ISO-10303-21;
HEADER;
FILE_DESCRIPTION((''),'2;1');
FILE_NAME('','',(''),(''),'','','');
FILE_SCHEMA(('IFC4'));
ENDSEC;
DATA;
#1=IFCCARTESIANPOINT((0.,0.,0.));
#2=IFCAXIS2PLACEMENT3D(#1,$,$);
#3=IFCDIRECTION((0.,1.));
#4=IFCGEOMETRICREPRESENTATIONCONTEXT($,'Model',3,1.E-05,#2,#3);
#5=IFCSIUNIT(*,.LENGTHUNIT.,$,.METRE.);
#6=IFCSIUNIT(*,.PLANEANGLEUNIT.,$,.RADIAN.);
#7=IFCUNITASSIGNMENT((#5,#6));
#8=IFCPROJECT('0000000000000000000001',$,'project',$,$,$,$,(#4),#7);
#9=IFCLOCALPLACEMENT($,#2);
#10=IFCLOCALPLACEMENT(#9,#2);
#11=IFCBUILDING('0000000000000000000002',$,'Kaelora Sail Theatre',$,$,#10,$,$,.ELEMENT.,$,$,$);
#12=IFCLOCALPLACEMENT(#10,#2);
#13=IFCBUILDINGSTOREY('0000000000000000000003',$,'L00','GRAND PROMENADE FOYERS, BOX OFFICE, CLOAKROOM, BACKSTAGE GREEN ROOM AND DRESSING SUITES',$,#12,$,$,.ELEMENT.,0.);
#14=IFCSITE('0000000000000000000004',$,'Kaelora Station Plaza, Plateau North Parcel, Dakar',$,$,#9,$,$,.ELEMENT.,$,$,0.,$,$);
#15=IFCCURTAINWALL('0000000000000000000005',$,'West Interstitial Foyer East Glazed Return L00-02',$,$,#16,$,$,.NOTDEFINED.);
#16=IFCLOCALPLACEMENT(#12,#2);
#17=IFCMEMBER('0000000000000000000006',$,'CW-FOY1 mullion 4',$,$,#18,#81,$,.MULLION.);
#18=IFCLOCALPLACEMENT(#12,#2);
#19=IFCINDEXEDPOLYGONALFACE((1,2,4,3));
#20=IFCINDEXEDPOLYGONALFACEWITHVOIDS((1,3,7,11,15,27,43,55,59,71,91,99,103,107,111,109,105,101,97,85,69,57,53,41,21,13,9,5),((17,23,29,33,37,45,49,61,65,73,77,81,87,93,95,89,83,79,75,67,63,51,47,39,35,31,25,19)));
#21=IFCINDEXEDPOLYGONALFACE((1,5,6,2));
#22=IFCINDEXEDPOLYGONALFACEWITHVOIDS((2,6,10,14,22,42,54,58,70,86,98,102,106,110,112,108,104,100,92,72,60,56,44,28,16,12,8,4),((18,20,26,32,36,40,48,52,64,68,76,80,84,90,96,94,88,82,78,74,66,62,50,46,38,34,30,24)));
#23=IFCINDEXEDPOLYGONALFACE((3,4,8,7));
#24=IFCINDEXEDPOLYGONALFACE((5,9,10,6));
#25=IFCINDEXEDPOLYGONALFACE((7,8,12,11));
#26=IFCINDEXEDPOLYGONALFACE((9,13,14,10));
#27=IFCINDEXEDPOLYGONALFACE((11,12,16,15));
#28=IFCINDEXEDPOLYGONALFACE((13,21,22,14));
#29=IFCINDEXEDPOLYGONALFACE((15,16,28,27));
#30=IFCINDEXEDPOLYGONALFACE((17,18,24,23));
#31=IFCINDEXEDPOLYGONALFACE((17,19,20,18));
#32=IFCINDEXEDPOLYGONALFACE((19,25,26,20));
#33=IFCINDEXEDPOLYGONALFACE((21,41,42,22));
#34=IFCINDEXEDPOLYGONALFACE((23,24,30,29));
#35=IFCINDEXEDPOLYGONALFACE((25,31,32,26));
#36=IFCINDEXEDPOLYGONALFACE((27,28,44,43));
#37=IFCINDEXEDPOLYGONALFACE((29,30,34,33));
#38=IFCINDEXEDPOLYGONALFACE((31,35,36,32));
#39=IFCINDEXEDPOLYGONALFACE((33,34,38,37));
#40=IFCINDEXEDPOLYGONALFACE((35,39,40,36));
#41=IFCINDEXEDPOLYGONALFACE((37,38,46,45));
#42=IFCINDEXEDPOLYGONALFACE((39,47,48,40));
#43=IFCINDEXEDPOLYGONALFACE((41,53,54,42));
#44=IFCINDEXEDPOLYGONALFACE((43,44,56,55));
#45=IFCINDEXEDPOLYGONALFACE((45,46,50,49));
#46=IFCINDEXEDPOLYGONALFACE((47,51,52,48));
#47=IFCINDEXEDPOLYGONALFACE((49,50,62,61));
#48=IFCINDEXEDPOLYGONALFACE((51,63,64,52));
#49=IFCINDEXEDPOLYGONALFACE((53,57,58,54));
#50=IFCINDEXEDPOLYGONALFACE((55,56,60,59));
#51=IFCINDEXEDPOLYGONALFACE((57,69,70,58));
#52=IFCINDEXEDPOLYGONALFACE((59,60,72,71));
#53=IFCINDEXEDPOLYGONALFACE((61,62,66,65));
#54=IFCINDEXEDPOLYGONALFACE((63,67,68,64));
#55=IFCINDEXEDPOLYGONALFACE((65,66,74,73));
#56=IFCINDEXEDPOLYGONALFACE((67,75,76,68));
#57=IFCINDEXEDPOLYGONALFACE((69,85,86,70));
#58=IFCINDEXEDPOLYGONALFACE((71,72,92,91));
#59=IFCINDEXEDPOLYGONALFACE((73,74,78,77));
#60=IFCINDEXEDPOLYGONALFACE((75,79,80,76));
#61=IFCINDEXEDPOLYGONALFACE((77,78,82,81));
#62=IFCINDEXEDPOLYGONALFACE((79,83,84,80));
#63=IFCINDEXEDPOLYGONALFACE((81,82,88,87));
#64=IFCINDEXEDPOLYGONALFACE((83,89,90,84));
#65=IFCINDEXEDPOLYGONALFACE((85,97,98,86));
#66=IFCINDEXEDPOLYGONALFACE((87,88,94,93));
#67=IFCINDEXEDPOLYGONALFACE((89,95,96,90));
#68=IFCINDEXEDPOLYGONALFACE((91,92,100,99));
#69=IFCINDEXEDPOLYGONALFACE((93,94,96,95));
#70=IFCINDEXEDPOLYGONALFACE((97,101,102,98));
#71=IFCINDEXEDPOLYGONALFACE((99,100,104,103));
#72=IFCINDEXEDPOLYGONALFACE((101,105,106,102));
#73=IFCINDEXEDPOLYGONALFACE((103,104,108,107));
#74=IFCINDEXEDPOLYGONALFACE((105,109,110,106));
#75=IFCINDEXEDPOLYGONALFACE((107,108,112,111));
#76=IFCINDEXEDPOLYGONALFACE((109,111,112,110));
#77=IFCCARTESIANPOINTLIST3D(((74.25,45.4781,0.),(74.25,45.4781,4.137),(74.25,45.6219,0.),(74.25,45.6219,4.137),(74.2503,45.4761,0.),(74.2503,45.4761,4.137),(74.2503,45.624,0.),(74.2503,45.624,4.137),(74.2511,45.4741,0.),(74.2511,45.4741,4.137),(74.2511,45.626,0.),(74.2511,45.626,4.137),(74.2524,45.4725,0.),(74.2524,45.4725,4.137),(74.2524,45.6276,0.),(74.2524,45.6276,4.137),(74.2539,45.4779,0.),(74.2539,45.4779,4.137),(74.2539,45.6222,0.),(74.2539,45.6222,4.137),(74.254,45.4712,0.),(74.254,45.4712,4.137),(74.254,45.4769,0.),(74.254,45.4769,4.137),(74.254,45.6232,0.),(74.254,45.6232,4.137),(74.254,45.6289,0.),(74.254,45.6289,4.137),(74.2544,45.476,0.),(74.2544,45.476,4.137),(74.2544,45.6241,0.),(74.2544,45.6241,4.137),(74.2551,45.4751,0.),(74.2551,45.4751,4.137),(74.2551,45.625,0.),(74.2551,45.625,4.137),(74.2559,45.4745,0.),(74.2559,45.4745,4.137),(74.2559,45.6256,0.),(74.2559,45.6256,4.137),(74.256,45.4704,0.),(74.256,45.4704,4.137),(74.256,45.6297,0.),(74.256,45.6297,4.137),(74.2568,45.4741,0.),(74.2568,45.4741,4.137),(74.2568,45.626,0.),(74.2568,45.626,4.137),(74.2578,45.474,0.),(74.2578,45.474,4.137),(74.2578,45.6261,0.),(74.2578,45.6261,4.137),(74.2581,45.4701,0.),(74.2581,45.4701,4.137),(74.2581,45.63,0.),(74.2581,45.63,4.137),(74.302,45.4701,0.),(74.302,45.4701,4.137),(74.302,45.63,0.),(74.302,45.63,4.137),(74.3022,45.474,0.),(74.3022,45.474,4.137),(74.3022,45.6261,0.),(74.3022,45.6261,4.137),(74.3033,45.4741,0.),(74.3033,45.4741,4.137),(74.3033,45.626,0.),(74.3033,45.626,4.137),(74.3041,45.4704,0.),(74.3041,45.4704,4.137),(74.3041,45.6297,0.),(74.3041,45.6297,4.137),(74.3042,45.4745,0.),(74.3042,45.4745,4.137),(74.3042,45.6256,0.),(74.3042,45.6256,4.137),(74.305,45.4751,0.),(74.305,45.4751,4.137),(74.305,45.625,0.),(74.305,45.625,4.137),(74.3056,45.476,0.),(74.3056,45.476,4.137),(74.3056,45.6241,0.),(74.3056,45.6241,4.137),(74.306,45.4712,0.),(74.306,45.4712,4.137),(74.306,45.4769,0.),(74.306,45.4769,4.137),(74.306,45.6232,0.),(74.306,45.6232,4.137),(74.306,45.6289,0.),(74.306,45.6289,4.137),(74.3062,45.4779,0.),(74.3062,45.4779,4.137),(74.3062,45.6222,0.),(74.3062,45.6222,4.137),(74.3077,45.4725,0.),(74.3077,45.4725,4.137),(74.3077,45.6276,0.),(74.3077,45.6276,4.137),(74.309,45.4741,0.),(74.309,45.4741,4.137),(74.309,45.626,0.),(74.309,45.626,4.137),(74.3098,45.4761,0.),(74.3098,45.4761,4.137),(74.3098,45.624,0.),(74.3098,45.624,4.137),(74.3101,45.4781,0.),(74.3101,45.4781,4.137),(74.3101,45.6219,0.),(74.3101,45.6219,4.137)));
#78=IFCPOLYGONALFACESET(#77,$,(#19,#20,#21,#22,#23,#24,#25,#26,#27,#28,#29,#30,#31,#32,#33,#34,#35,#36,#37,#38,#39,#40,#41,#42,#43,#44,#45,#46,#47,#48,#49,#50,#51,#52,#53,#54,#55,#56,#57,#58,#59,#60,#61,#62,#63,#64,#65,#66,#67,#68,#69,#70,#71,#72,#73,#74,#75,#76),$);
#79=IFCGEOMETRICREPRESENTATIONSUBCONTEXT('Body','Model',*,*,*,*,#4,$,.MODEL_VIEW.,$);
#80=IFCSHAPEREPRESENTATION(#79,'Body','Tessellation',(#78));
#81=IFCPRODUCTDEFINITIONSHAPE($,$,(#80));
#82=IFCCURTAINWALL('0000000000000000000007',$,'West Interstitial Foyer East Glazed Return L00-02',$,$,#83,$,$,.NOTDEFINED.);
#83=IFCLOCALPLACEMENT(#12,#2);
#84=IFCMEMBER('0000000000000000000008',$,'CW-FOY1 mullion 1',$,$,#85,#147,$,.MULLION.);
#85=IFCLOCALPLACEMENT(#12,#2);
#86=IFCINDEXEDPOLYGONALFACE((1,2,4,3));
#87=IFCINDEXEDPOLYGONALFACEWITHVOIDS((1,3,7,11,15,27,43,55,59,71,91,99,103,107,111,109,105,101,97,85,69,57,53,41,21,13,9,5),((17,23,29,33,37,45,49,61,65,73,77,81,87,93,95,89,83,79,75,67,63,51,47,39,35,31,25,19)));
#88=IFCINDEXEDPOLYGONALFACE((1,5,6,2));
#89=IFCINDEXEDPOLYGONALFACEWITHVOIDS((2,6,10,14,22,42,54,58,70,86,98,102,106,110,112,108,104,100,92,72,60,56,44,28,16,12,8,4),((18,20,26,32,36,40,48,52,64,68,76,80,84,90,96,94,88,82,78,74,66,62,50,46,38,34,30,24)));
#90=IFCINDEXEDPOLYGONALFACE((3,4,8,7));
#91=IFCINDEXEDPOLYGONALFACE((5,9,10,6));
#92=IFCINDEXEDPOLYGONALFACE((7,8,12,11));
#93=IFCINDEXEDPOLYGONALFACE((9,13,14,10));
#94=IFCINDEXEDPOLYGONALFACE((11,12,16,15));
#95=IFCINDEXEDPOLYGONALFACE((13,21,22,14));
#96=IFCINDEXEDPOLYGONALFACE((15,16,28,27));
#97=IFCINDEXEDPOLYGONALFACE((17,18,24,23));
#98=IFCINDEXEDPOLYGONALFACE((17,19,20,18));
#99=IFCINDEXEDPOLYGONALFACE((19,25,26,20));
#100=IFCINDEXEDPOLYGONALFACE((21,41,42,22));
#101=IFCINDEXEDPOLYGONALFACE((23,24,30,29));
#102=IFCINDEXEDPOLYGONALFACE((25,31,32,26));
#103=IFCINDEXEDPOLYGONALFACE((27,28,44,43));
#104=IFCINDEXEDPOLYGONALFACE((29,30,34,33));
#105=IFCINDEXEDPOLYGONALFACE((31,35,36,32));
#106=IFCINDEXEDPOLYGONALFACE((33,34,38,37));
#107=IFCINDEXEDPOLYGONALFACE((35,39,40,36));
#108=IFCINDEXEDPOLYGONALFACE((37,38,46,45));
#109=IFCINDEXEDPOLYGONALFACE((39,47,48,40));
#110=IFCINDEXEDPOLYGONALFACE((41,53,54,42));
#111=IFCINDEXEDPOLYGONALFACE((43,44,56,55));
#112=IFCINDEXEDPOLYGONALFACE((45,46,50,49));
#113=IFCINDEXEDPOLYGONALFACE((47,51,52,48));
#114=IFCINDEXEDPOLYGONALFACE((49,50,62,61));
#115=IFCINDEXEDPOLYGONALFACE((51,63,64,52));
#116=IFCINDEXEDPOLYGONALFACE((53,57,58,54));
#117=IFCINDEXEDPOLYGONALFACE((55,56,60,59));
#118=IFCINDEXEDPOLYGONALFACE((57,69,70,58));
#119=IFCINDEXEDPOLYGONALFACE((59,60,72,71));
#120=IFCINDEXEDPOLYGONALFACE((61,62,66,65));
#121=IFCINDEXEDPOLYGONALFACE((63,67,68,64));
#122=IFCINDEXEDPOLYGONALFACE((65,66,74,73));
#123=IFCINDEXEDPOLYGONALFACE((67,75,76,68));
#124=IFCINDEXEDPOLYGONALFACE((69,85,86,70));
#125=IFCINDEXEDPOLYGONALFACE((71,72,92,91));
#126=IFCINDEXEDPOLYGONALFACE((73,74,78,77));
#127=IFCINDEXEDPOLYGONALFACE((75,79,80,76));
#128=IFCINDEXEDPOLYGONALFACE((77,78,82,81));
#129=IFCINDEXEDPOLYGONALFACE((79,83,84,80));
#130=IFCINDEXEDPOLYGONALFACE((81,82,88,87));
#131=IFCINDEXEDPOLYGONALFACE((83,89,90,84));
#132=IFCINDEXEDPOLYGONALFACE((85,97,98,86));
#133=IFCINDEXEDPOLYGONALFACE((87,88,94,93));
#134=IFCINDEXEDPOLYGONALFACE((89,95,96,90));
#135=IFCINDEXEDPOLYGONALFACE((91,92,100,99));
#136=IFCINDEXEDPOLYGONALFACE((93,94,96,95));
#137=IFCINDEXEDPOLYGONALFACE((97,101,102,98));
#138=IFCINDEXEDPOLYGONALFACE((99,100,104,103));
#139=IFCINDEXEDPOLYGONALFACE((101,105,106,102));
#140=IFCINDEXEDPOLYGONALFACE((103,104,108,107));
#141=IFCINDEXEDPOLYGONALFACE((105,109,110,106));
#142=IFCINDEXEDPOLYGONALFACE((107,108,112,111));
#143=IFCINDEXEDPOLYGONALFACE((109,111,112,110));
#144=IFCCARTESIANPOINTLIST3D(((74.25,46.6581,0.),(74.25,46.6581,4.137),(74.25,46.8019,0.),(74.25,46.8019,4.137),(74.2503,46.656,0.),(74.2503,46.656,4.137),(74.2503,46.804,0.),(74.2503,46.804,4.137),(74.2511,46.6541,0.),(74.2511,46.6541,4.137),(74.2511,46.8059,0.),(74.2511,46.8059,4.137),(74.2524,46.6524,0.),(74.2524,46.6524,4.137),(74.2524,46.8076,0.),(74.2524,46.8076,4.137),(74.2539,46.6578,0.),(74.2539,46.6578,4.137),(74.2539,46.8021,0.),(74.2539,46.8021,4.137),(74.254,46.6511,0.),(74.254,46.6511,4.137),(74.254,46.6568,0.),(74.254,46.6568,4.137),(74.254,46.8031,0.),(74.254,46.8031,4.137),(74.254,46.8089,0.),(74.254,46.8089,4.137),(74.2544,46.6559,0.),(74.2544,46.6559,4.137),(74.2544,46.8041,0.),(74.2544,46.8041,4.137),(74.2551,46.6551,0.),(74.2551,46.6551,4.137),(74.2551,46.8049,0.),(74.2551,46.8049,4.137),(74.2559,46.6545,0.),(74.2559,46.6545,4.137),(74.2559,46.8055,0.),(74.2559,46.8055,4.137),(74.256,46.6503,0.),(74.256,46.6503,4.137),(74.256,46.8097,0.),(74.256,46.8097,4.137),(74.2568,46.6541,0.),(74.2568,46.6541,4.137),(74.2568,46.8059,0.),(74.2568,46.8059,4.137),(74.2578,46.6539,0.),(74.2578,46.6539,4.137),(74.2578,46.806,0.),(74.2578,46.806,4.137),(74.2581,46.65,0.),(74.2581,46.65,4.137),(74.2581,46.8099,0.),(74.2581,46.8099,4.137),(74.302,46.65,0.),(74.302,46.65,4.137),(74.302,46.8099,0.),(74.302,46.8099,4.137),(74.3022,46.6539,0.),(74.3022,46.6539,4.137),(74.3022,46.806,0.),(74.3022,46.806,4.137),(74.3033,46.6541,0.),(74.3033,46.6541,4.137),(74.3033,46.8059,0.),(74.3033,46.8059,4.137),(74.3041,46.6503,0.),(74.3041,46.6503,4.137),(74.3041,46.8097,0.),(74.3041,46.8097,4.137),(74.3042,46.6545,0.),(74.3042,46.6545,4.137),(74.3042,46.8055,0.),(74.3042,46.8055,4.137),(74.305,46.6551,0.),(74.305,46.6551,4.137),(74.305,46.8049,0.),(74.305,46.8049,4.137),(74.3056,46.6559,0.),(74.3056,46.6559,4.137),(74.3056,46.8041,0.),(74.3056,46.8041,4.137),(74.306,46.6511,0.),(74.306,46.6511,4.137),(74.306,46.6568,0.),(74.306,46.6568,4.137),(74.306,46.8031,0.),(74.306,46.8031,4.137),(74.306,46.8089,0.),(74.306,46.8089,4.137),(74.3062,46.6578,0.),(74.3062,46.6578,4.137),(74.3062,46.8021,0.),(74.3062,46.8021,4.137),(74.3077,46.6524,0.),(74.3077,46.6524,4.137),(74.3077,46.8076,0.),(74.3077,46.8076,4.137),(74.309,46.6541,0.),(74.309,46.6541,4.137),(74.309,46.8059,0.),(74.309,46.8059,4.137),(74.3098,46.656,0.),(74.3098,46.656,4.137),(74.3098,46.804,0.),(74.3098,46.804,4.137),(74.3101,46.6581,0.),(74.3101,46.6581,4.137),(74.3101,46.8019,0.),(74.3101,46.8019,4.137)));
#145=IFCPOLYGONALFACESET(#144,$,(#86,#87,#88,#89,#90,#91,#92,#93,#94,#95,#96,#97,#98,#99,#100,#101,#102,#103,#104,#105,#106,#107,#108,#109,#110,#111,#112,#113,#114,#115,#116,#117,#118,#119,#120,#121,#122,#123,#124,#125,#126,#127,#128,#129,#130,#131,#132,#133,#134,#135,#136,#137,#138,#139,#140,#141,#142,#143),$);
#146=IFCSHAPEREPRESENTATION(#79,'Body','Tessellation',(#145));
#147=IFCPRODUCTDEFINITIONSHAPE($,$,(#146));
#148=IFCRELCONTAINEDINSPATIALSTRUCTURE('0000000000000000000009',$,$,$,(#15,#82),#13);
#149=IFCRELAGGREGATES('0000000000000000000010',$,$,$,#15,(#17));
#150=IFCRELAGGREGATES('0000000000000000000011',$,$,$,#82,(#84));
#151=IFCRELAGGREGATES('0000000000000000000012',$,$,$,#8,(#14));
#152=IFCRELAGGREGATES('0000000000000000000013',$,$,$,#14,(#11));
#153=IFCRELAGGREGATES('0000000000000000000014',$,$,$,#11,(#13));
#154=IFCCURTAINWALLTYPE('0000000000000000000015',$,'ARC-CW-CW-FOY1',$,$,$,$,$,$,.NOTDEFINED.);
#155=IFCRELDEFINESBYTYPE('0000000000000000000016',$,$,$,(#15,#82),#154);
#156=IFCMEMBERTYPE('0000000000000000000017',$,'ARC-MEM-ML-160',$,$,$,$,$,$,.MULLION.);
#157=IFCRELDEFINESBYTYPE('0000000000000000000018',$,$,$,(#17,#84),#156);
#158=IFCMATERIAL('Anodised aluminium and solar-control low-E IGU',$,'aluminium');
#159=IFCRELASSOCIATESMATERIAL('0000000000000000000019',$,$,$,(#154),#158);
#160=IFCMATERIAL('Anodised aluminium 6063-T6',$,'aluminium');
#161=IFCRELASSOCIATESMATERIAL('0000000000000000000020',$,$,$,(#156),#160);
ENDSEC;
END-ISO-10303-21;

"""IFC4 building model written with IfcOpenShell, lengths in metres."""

from ifc_helpers import new_model, si_unit, direction, frame, origin, origin_2d, place, context, subcontext, project, spatial, hollow_rectangle, extrude, material, material_profile, profile_set, type_object, element, aggregate, save


model = new_model("IFC4")

# Units and contexts
model_context = context("Model", 3, precision=1e-05, world=origin(), true_north=direction((0.0, 1.0)))
body_context = subcontext(model_context, "Body", "Model", "MODEL_VIEW")
ifc_project = project(units=[si_unit("LENGTHUNIT", "METRE"), si_unit("PLANEANGLEUNIT", "RADIAN")], contexts=[model_context])

# Site, building, storey
site_placement = place(None, origin())
site = spatial("IfcSite", under=ifc_project, at=site_placement, Name="Kaelora Station Plaza, Plateau North Parcel, Dakar", CompositionType="ELEMENT", RefElevation=0.0)
building_placement = place(site_placement, origin())
building = spatial("IfcBuilding", under=site, at=building_placement, Name="Kaelora Sail Theatre", CompositionType="ELEMENT")
storey_placement = place(building_placement, origin())
storey = spatial("IfcBuildingStorey", under=building, at=storey_placement, Name="L00", Description="GRAND PROMENADE FOYERS, BOX OFFICE, CLOAKROOM, BACKSTAGE GREEN ROOM AND DRESSING SUITES", CompositionType="ELEMENT", Elevation=0.0)

# Curtain wall, member
ifc_material_1 = material(Name="Anodised aluminium and solar-control low-E IGU", Category="aluminium")
curtain_wall_type = type_object("IfcCurtainWallType", Name="ARC-CW-CW-FOY1", PredefinedType="NOTDEFINED", material=ifc_material_1)
curtain_wall_1_placement = place(storey_placement, origin())
curtain_wall_1 = element("IfcCurtainWall", 1, at=curtain_wall_1_placement, inside=storey, type_object=curtain_wall_type, Name="West Interstitial Foyer East Glazed Return L00-02", PredefinedType="NOTDEFINED")
ifc_material_2 = material(Name="Anodised aluminium 6063-T6", Category="aluminium")
ifc_material_profile_1 = material_profile(ifc_material_2, hollow_rectangle(XDim=0.0601, YDim=0.1599, WallThickness=0.0039, InnerFilletRadius=0.0039, OuterFilletRadius=0.0081, at=origin_2d()), Name="ALU-MULL 60x160x4")
ifc_profile_set_1 = profile_set([ifc_material_profile_1], Name="Anodised aluminium 6063-T6")
member_type_1 = type_object("IfcMemberType", Name="ARC-MEM-ML-160", PredefinedType="MULLION", material=ifc_profile_set_1)
member_1_placement = place(storey_placement, frame((74.28, 45.55, 0.0), z_axis=(0.0, 0.0, 1.0), x_axis=(-1.0, 0.0, 0.0)))
member_1 = element("IfcMember", 2, at=member_1_placement, type_object=member_type_1, Name="CW-FOY1 mullion 4", PredefinedType="MULLION", context=body_context, shape_type="SweptSolid", body=[
    extrude(hollow_rectangle(XDim=0.0601, YDim=0.1599, WallThickness=0.0039, InnerFilletRadius=0.0039, OuterFilletRadius=0.0081, at=origin_2d()), origin(), (0.0, 0.0, 1.0), 4.137),
])

# Curtain wall, member
curtain_wall_2_placement = place(storey_placement, origin())
curtain_wall_2 = element("IfcCurtainWall", 3, at=curtain_wall_2_placement, inside=storey, type_object=curtain_wall_type, Name="West Interstitial Foyer East Glazed Return L00-02", PredefinedType="NOTDEFINED")
member_2_placement = place(storey_placement, frame((74.28, 46.73, 0.0), z_axis=(0.0, 0.0, 1.0), x_axis=(-1.0, 0.0, 0.0)))
member_2 = element("IfcMember", 4, at=member_2_placement, type_object=member_type_1, Name="CW-FOY1 mullion 1", PredefinedType="MULLION", context=body_context, shape_type="SweptSolid", body=[
    extrude(hollow_rectangle(XDim=0.0601, YDim=0.1599, WallThickness=0.0039, InnerFilletRadius=0.0039, OuterFilletRadius=0.0081, at=origin_2d()), origin(), (0.0, 0.0, 1.0), 4.137),
])

aggregate(curtain_wall_1, [member_1])
aggregate(curtain_wall_2, [member_2])

save(model, "model.ifc")
